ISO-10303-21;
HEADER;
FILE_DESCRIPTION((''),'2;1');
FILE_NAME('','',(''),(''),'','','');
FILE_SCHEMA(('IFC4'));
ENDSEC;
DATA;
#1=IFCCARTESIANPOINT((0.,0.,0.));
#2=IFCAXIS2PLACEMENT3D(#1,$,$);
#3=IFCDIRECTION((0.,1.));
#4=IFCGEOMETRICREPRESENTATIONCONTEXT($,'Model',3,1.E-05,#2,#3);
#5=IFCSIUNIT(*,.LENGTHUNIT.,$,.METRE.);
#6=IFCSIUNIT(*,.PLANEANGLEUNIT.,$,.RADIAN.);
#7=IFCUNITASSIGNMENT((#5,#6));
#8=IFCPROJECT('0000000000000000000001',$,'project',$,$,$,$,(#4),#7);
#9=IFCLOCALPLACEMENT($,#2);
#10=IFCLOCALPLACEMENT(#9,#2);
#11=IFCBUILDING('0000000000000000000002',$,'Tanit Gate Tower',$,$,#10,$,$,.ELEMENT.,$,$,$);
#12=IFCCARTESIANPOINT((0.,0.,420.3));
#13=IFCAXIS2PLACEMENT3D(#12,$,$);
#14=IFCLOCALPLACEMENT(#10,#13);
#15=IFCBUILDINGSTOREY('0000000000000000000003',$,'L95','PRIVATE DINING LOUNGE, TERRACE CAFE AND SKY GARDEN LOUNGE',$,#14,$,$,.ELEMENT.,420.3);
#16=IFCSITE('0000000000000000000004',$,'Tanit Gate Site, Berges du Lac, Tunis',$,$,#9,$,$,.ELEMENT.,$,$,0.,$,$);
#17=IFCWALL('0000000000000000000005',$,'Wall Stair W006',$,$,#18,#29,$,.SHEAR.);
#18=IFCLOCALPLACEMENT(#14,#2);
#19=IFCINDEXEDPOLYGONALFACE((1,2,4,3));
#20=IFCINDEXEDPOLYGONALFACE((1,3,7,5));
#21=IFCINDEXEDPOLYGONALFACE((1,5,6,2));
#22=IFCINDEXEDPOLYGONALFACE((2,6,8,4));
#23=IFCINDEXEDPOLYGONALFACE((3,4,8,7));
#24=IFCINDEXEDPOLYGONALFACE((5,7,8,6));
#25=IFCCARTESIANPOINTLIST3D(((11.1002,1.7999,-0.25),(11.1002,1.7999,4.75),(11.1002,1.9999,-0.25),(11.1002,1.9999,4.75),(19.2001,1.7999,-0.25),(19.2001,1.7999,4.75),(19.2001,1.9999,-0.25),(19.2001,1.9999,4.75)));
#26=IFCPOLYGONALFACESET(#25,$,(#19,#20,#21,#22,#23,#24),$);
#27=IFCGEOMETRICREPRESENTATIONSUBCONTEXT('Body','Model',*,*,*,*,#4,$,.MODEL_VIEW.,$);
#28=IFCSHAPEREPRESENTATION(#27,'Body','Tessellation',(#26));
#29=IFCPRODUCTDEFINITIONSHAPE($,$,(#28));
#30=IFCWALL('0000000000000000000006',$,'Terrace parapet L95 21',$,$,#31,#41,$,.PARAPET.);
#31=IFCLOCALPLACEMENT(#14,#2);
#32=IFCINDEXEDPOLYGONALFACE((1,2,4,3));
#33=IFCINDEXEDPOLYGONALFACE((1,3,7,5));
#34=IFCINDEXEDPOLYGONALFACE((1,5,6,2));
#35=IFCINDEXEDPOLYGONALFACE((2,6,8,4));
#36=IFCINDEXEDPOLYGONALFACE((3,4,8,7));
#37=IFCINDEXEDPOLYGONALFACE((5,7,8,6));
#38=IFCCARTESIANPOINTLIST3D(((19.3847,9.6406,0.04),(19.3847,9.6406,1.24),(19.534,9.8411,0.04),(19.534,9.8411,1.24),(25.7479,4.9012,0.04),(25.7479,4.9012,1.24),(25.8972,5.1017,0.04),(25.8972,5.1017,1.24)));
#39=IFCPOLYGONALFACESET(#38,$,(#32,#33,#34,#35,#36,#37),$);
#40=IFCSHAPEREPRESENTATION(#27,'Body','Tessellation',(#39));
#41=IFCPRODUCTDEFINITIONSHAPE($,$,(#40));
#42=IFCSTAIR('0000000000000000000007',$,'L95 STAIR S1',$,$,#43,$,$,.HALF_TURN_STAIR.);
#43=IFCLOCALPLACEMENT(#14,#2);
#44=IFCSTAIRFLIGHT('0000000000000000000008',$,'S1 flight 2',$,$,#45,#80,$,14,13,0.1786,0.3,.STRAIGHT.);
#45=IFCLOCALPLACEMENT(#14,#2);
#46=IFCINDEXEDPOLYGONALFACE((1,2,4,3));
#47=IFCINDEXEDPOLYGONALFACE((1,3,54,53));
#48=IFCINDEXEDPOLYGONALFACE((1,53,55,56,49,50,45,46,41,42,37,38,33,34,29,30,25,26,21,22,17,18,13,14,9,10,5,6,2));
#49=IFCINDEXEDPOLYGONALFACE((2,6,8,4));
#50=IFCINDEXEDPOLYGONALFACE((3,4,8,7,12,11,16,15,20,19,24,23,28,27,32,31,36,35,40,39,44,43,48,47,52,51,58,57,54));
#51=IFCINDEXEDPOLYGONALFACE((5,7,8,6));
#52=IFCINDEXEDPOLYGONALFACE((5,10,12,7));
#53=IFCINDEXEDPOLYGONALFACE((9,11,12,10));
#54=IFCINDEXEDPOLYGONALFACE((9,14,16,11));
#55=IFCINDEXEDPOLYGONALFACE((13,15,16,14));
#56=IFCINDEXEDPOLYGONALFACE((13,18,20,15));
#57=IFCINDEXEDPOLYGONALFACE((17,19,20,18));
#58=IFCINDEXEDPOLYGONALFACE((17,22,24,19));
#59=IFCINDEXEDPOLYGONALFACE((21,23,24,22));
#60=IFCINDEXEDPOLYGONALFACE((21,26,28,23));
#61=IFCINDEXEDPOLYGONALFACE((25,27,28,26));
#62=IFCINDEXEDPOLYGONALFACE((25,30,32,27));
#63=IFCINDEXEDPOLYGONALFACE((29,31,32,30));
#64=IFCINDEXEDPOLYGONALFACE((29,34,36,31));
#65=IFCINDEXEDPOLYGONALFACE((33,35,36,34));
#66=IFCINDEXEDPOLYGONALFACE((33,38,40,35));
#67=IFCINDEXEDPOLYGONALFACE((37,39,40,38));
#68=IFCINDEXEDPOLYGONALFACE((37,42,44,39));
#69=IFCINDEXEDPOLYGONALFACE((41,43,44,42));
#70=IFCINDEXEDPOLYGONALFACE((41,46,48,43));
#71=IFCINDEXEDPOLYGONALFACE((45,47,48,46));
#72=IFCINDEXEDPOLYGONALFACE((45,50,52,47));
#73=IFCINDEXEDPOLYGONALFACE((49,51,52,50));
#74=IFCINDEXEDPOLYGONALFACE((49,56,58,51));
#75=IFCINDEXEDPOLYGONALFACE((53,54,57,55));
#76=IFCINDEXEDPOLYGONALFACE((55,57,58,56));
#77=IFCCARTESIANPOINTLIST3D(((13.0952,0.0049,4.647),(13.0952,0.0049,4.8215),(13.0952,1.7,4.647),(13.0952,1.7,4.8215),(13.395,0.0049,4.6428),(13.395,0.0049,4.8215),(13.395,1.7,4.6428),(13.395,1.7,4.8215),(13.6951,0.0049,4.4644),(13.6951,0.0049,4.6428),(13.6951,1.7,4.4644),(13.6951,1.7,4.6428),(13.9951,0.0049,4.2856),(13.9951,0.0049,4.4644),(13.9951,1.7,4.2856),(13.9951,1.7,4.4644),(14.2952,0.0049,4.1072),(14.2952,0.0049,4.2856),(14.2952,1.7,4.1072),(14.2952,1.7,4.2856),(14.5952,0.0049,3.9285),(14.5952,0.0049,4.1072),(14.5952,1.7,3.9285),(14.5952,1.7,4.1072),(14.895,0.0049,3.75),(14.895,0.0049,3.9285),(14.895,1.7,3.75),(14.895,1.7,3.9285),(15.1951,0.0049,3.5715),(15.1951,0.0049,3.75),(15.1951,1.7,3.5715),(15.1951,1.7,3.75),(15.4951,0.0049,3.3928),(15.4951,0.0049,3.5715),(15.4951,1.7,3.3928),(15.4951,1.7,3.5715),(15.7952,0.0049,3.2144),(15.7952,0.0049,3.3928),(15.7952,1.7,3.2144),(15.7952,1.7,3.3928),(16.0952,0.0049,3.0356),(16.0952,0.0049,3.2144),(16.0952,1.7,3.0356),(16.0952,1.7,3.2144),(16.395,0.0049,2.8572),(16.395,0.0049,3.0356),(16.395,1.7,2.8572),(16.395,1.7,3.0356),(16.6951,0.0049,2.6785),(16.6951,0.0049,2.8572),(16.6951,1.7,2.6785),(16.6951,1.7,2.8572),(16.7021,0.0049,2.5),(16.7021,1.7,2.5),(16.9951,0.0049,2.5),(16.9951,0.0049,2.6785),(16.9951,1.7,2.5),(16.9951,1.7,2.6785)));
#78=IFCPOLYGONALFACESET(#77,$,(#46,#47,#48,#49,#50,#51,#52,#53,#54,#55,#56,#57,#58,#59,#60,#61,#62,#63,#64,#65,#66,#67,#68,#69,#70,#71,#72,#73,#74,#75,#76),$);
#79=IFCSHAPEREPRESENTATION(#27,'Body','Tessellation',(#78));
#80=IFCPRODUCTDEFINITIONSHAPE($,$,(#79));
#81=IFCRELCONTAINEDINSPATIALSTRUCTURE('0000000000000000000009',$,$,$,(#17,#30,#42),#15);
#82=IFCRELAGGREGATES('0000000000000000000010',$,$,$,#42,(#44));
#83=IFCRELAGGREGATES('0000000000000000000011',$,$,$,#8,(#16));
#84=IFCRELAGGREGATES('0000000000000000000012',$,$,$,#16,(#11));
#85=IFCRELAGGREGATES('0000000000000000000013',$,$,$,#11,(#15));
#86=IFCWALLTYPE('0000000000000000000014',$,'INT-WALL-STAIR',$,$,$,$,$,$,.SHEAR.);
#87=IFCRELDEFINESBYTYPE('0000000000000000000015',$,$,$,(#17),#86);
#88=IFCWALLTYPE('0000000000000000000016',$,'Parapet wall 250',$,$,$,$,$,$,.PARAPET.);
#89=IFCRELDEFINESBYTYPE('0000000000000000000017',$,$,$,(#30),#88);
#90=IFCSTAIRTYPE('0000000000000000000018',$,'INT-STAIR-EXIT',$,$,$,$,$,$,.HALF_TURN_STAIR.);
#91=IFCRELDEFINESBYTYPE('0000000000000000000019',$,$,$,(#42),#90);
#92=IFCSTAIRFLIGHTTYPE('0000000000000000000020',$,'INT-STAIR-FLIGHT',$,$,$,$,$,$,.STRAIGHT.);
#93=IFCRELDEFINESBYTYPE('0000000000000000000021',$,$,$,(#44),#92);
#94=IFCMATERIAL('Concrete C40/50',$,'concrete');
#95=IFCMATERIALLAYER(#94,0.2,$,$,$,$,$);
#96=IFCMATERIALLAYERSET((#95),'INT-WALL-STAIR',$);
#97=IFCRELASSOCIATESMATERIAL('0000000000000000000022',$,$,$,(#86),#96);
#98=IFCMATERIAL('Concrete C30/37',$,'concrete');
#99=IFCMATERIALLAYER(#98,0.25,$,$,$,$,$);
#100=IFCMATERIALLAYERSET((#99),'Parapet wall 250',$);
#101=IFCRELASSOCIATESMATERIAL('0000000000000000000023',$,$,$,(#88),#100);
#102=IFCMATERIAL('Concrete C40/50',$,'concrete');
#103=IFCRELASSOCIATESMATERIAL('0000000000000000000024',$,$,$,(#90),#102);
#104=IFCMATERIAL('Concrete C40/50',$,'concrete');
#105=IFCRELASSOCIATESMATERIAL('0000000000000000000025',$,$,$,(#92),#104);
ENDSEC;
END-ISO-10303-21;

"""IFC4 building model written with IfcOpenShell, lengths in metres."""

from ifc_helpers import new_model, si_unit, direction, frame, frame_2d, origin, place, context, subcontext, project, spatial, polyline, rectangle, outline, extrude, material, layer, layer_set, type_object, element, aggregate, save


model = new_model("IFC4")

# Units and contexts
model_context = context("Model", 3, precision=1e-05, world=origin(), true_north=direction((0.0, 1.0)))
body_context = subcontext(model_context, "Body", "Model", "MODEL_VIEW")
ifc_project = project(units=[si_unit("LENGTHUNIT", "METRE"), si_unit("PLANEANGLEUNIT", "RADIAN")], contexts=[model_context])

# Site, building, storey
site_placement = place(None, origin())
site = spatial("IfcSite", under=ifc_project, at=site_placement, Name="Tanit Gate Site, Berges du Lac, Tunis", CompositionType="ELEMENT", RefElevation=0.0)
building_placement = place(site_placement, origin())
building = spatial("IfcBuilding", under=site, at=building_placement, Name="Tanit Gate Tower", CompositionType="ELEMENT")
storey_placement = place(building_placement, frame((0.0, 0.0, 420.3)))
storey = spatial("IfcBuildingStorey", under=building, at=storey_placement, Name="L95", Description="PRIVATE DINING LOUNGE, TERRACE CAFE AND SKY GARDEN LOUNGE", CompositionType="ELEMENT", Elevation=420.3)

# Walls
ifc_material_1 = material(Name="Concrete C40/50", Category="concrete")
ifc_layer_1 = layer(ifc_material_1, 0.2)
ifc_layer_set_1 = layer_set([ifc_layer_1], Name="INT-WALL-STAIR")
wall_type_1 = type_object("IfcWallType", Name="INT-WALL-STAIR", PredefinedType="SHEAR", material=ifc_layer_set_1)
wall_1_placement = place(storey_placement, frame((19.2, 1.8999, -0.25), z_axis=(0.0, 0.0, 1.0), x_axis=(-1.0, 0.0, 0.0)))
element("IfcWall", 1, at=wall_1_placement, inside=storey, type_object=wall_type_1, Name="Wall Stair W006", PredefinedType="SHEAR", context=body_context, shape_type="SweptSolid", body=[
    extrude(rectangle(XDim=8.0999, YDim=0.2, at=frame_2d((4.0498, 0.0))), origin(), (0.0, 0.0, 1.0), 5.0),
])
ifc_material_2 = material(Name="Concrete C30/37", Category="concrete")
ifc_layer_2 = layer(ifc_material_2, 0.25)
ifc_layer_set_2 = layer_set([ifc_layer_2], Name="Parapet wall 250")
wall_type_2 = type_object("IfcWallType", Name="Parapet wall 250", PredefinedType="PARAPET", material=ifc_layer_set_2)
wall_2_placement = place(storey_placement, frame((19.4592, 9.741, 0.04), z_axis=(0.0, 0.0, 1.0), x_axis=(0.801989, -0.597338, 0.0)))
element("IfcWall", 2, at=wall_2_placement, inside=storey, type_object=wall_type_2, Name="Terrace parapet L95 21", PredefinedType="PARAPET", context=body_context, shape_type="SweptSolid", body=[
    extrude(rectangle(XDim=7.9343, YDim=0.25, at=frame_2d((3.9673, 0.0))), origin(), (0.0, 0.0, 1.0), 1.2),
])

# Stair, stair flight
ifc_material_3 = material(Name="Concrete C40/50", Category="concrete")
stair_type = type_object("IfcStairType", Name="INT-STAIR-EXIT", PredefinedType="HALF_TURN_STAIR", material=ifc_material_3)
stair_placement = place(storey_placement, origin())
stair = element("IfcStair", 3, at=stair_placement, inside=storey, type_object=stair_type, Name="L95 STAIR S1", PredefinedType="HALF_TURN_STAIR")
ifc_material_4 = material(Name="Concrete C40/50", Category="concrete")
stair_flight_type = type_object("IfcStairFlightType", Name="INT-STAIR-FLIGHT", PredefinedType="STRAIGHT", material=ifc_material_4)
stair_flight_placement = place(storey_placement, frame((16.9951, 0.8525, 2.5), z_axis=(0.0, 0.0, 1.0), x_axis=(-1.0, 0.0, 0.0)))
stair_flight = element("IfcStairFlight", 4, at=stair_flight_placement, type_object=stair_flight_type, Name="S1 flight 2", NumberOfRisers=14, NumberOfTreads=13, PredefinedType="STRAIGHT", RiserHeight=0.1786, TreadLength=0.3, context=body_context, shape_type="SweptSolid", body=[
    extrude(outline(polyline([(0.0, 0.0), (0.0, 0.1785), (0.3, 0.1785), (0.3, 0.3572), (0.6001, 0.3572), (0.6001, 0.5356), (0.8999, 0.5356), (0.8999, 0.7144), (1.2, 0.7144), (1.2, 0.8928), (1.5, 0.8928), (1.5, 1.0715), (1.8, 1.0715), (1.8, 1.25), (2.1001, 1.25), (2.1001, 1.4285), (2.3999, 1.4285), (2.3999, 1.6072), (2.7, 1.6072), (2.7, 1.7856), (3.0, 1.7856), (3.0, 1.9644), (3.3, 1.9644), (3.3, 2.1428), (3.6001, 2.1428), (3.6001, 2.3215), (3.8999, 2.3215), (3.8999, 2.5), (3.8999, 2.147), (0.293, 0.0), (0.0, 0.0)])), frame((0.0, 0.8477, 0.0), z_axis=(0.0, -1.0, 0.0), x_axis=(1.0, 0.0, 0.0)), (0.0, 0.0, 1.0), 1.6951),
])
aggregate(stair, [stair_flight])

save(model, "model.ifc")
